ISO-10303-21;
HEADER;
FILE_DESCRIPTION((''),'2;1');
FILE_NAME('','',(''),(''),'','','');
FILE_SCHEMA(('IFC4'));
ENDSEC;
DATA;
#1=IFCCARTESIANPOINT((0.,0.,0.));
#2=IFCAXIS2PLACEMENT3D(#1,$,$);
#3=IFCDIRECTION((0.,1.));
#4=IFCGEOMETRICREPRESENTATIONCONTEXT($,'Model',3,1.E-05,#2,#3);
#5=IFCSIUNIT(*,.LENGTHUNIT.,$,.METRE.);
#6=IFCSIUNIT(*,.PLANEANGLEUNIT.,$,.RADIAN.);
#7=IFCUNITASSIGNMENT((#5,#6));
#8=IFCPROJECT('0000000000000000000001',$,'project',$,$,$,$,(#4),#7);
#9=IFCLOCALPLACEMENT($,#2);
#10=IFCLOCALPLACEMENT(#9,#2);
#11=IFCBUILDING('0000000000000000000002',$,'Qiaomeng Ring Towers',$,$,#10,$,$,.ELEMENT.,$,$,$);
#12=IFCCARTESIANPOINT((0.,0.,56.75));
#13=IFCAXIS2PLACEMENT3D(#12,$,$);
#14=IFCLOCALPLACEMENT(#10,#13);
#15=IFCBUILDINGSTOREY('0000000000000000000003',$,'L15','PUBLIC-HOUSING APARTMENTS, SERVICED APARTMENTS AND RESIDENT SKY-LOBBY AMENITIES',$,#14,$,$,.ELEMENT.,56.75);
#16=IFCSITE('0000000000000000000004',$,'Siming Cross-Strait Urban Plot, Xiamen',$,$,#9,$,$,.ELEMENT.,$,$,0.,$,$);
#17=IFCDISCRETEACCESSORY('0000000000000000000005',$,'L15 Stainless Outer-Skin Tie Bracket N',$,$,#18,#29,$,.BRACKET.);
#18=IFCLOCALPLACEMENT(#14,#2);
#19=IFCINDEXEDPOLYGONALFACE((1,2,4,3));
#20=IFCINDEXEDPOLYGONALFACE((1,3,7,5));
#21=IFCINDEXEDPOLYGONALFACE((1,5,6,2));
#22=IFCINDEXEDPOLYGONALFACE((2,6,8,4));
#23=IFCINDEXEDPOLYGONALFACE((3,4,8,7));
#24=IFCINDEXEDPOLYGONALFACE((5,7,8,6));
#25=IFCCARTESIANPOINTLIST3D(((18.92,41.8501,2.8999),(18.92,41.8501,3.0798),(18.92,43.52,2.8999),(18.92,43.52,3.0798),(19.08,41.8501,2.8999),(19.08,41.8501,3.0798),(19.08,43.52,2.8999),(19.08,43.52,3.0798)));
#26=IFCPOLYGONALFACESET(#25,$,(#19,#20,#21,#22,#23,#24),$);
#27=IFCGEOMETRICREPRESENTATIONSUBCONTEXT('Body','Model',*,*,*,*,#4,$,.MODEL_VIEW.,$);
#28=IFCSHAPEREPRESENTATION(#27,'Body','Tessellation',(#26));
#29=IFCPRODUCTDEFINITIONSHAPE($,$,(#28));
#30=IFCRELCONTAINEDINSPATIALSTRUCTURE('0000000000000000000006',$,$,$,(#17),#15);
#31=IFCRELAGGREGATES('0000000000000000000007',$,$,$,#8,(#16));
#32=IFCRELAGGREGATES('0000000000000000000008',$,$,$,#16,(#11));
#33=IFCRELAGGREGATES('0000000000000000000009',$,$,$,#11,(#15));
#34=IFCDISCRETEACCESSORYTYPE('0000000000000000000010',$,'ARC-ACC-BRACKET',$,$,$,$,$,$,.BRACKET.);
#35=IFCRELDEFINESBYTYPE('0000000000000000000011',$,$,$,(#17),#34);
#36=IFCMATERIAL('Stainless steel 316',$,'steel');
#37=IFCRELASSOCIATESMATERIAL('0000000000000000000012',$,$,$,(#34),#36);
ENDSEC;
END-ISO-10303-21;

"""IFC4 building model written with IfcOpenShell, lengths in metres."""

from ifc_helpers import new_model, si_unit, direction, frame, origin, origin_2d, place, context, subcontext, project, spatial, rectangle, extrude, source, transform, mapped, material, type_object, element, save


model = new_model("IFC4")

# Units and contexts
model_context = context("Model", 3, precision=1e-05, world=origin(), true_north=direction((0.0, 1.0)))
body_context = subcontext(model_context, "Body", "Model", "MODEL_VIEW")
ifc_project = project(units=[si_unit("LENGTHUNIT", "METRE"), si_unit("PLANEANGLEUNIT", "RADIAN")], contexts=[model_context])

# Site, building, storey
site_placement = place(None, origin())
site = spatial("IfcSite", under=ifc_project, at=site_placement, Name="Siming Cross-Strait Urban Plot, Xiamen", CompositionType="ELEMENT", RefElevation=0.0)
building_placement = place(site_placement, origin())
building = spatial("IfcBuilding", under=site, at=building_placement, Name="Qiaomeng Ring Towers", CompositionType="ELEMENT")
storey_placement = place(building_placement, frame((0.0, 0.0, 56.75)))
storey = spatial("IfcBuildingStorey", under=building, at=storey_placement, Name="L15", Description="PUBLIC-HOUSING APARTMENTS, SERVICED APARTMENTS AND RESIDENT SKY-LOBBY AMENITIES", CompositionType="ELEMENT", Elevation=56.75)

# Shared definitions
ifc_material_1 = material(Name="Stainless steel 316", Category="steel")

# Discrete accessory
discrete_accessory_type = type_object("IfcDiscreteAccessoryType", Name="ARC-ACC-BRACKET", PredefinedType="BRACKET", material=ifc_material_1)
shared_shape_1 = source(origin(), body_context, "Body", "SweptSolid", [
    extrude(rectangle(XDim=0.1599, YDim=1.6699, at=origin_2d()), origin(), (0.0, 0.0, 1.0), 0.1799),
])
discrete_accessory_placement = place(storey_placement, frame((19.0, 42.6851, 2.8999), z_axis=(0.0, 0.0, 1.0), x_axis=(1.0, 0.0, 0.0)))
element("IfcDiscreteAccessory", 1, at=discrete_accessory_placement, inside=storey, type_object=discrete_accessory_type, Name="L15 Stainless Outer-Skin Tie Bracket N", PredefinedType="BRACKET", context=body_context, shape_type="MappedRepresentation", body=[
    mapped(shared_shape_1, transform((0.0, 0.0, 0.0), x_axis=(1.0, 0.0, 0.0), y_axis=(0.0, 1.0, 0.0), z_axis=(0.0, 0.0, 1.0), scale=1.0)),
])

save(model, "model.ifc")
